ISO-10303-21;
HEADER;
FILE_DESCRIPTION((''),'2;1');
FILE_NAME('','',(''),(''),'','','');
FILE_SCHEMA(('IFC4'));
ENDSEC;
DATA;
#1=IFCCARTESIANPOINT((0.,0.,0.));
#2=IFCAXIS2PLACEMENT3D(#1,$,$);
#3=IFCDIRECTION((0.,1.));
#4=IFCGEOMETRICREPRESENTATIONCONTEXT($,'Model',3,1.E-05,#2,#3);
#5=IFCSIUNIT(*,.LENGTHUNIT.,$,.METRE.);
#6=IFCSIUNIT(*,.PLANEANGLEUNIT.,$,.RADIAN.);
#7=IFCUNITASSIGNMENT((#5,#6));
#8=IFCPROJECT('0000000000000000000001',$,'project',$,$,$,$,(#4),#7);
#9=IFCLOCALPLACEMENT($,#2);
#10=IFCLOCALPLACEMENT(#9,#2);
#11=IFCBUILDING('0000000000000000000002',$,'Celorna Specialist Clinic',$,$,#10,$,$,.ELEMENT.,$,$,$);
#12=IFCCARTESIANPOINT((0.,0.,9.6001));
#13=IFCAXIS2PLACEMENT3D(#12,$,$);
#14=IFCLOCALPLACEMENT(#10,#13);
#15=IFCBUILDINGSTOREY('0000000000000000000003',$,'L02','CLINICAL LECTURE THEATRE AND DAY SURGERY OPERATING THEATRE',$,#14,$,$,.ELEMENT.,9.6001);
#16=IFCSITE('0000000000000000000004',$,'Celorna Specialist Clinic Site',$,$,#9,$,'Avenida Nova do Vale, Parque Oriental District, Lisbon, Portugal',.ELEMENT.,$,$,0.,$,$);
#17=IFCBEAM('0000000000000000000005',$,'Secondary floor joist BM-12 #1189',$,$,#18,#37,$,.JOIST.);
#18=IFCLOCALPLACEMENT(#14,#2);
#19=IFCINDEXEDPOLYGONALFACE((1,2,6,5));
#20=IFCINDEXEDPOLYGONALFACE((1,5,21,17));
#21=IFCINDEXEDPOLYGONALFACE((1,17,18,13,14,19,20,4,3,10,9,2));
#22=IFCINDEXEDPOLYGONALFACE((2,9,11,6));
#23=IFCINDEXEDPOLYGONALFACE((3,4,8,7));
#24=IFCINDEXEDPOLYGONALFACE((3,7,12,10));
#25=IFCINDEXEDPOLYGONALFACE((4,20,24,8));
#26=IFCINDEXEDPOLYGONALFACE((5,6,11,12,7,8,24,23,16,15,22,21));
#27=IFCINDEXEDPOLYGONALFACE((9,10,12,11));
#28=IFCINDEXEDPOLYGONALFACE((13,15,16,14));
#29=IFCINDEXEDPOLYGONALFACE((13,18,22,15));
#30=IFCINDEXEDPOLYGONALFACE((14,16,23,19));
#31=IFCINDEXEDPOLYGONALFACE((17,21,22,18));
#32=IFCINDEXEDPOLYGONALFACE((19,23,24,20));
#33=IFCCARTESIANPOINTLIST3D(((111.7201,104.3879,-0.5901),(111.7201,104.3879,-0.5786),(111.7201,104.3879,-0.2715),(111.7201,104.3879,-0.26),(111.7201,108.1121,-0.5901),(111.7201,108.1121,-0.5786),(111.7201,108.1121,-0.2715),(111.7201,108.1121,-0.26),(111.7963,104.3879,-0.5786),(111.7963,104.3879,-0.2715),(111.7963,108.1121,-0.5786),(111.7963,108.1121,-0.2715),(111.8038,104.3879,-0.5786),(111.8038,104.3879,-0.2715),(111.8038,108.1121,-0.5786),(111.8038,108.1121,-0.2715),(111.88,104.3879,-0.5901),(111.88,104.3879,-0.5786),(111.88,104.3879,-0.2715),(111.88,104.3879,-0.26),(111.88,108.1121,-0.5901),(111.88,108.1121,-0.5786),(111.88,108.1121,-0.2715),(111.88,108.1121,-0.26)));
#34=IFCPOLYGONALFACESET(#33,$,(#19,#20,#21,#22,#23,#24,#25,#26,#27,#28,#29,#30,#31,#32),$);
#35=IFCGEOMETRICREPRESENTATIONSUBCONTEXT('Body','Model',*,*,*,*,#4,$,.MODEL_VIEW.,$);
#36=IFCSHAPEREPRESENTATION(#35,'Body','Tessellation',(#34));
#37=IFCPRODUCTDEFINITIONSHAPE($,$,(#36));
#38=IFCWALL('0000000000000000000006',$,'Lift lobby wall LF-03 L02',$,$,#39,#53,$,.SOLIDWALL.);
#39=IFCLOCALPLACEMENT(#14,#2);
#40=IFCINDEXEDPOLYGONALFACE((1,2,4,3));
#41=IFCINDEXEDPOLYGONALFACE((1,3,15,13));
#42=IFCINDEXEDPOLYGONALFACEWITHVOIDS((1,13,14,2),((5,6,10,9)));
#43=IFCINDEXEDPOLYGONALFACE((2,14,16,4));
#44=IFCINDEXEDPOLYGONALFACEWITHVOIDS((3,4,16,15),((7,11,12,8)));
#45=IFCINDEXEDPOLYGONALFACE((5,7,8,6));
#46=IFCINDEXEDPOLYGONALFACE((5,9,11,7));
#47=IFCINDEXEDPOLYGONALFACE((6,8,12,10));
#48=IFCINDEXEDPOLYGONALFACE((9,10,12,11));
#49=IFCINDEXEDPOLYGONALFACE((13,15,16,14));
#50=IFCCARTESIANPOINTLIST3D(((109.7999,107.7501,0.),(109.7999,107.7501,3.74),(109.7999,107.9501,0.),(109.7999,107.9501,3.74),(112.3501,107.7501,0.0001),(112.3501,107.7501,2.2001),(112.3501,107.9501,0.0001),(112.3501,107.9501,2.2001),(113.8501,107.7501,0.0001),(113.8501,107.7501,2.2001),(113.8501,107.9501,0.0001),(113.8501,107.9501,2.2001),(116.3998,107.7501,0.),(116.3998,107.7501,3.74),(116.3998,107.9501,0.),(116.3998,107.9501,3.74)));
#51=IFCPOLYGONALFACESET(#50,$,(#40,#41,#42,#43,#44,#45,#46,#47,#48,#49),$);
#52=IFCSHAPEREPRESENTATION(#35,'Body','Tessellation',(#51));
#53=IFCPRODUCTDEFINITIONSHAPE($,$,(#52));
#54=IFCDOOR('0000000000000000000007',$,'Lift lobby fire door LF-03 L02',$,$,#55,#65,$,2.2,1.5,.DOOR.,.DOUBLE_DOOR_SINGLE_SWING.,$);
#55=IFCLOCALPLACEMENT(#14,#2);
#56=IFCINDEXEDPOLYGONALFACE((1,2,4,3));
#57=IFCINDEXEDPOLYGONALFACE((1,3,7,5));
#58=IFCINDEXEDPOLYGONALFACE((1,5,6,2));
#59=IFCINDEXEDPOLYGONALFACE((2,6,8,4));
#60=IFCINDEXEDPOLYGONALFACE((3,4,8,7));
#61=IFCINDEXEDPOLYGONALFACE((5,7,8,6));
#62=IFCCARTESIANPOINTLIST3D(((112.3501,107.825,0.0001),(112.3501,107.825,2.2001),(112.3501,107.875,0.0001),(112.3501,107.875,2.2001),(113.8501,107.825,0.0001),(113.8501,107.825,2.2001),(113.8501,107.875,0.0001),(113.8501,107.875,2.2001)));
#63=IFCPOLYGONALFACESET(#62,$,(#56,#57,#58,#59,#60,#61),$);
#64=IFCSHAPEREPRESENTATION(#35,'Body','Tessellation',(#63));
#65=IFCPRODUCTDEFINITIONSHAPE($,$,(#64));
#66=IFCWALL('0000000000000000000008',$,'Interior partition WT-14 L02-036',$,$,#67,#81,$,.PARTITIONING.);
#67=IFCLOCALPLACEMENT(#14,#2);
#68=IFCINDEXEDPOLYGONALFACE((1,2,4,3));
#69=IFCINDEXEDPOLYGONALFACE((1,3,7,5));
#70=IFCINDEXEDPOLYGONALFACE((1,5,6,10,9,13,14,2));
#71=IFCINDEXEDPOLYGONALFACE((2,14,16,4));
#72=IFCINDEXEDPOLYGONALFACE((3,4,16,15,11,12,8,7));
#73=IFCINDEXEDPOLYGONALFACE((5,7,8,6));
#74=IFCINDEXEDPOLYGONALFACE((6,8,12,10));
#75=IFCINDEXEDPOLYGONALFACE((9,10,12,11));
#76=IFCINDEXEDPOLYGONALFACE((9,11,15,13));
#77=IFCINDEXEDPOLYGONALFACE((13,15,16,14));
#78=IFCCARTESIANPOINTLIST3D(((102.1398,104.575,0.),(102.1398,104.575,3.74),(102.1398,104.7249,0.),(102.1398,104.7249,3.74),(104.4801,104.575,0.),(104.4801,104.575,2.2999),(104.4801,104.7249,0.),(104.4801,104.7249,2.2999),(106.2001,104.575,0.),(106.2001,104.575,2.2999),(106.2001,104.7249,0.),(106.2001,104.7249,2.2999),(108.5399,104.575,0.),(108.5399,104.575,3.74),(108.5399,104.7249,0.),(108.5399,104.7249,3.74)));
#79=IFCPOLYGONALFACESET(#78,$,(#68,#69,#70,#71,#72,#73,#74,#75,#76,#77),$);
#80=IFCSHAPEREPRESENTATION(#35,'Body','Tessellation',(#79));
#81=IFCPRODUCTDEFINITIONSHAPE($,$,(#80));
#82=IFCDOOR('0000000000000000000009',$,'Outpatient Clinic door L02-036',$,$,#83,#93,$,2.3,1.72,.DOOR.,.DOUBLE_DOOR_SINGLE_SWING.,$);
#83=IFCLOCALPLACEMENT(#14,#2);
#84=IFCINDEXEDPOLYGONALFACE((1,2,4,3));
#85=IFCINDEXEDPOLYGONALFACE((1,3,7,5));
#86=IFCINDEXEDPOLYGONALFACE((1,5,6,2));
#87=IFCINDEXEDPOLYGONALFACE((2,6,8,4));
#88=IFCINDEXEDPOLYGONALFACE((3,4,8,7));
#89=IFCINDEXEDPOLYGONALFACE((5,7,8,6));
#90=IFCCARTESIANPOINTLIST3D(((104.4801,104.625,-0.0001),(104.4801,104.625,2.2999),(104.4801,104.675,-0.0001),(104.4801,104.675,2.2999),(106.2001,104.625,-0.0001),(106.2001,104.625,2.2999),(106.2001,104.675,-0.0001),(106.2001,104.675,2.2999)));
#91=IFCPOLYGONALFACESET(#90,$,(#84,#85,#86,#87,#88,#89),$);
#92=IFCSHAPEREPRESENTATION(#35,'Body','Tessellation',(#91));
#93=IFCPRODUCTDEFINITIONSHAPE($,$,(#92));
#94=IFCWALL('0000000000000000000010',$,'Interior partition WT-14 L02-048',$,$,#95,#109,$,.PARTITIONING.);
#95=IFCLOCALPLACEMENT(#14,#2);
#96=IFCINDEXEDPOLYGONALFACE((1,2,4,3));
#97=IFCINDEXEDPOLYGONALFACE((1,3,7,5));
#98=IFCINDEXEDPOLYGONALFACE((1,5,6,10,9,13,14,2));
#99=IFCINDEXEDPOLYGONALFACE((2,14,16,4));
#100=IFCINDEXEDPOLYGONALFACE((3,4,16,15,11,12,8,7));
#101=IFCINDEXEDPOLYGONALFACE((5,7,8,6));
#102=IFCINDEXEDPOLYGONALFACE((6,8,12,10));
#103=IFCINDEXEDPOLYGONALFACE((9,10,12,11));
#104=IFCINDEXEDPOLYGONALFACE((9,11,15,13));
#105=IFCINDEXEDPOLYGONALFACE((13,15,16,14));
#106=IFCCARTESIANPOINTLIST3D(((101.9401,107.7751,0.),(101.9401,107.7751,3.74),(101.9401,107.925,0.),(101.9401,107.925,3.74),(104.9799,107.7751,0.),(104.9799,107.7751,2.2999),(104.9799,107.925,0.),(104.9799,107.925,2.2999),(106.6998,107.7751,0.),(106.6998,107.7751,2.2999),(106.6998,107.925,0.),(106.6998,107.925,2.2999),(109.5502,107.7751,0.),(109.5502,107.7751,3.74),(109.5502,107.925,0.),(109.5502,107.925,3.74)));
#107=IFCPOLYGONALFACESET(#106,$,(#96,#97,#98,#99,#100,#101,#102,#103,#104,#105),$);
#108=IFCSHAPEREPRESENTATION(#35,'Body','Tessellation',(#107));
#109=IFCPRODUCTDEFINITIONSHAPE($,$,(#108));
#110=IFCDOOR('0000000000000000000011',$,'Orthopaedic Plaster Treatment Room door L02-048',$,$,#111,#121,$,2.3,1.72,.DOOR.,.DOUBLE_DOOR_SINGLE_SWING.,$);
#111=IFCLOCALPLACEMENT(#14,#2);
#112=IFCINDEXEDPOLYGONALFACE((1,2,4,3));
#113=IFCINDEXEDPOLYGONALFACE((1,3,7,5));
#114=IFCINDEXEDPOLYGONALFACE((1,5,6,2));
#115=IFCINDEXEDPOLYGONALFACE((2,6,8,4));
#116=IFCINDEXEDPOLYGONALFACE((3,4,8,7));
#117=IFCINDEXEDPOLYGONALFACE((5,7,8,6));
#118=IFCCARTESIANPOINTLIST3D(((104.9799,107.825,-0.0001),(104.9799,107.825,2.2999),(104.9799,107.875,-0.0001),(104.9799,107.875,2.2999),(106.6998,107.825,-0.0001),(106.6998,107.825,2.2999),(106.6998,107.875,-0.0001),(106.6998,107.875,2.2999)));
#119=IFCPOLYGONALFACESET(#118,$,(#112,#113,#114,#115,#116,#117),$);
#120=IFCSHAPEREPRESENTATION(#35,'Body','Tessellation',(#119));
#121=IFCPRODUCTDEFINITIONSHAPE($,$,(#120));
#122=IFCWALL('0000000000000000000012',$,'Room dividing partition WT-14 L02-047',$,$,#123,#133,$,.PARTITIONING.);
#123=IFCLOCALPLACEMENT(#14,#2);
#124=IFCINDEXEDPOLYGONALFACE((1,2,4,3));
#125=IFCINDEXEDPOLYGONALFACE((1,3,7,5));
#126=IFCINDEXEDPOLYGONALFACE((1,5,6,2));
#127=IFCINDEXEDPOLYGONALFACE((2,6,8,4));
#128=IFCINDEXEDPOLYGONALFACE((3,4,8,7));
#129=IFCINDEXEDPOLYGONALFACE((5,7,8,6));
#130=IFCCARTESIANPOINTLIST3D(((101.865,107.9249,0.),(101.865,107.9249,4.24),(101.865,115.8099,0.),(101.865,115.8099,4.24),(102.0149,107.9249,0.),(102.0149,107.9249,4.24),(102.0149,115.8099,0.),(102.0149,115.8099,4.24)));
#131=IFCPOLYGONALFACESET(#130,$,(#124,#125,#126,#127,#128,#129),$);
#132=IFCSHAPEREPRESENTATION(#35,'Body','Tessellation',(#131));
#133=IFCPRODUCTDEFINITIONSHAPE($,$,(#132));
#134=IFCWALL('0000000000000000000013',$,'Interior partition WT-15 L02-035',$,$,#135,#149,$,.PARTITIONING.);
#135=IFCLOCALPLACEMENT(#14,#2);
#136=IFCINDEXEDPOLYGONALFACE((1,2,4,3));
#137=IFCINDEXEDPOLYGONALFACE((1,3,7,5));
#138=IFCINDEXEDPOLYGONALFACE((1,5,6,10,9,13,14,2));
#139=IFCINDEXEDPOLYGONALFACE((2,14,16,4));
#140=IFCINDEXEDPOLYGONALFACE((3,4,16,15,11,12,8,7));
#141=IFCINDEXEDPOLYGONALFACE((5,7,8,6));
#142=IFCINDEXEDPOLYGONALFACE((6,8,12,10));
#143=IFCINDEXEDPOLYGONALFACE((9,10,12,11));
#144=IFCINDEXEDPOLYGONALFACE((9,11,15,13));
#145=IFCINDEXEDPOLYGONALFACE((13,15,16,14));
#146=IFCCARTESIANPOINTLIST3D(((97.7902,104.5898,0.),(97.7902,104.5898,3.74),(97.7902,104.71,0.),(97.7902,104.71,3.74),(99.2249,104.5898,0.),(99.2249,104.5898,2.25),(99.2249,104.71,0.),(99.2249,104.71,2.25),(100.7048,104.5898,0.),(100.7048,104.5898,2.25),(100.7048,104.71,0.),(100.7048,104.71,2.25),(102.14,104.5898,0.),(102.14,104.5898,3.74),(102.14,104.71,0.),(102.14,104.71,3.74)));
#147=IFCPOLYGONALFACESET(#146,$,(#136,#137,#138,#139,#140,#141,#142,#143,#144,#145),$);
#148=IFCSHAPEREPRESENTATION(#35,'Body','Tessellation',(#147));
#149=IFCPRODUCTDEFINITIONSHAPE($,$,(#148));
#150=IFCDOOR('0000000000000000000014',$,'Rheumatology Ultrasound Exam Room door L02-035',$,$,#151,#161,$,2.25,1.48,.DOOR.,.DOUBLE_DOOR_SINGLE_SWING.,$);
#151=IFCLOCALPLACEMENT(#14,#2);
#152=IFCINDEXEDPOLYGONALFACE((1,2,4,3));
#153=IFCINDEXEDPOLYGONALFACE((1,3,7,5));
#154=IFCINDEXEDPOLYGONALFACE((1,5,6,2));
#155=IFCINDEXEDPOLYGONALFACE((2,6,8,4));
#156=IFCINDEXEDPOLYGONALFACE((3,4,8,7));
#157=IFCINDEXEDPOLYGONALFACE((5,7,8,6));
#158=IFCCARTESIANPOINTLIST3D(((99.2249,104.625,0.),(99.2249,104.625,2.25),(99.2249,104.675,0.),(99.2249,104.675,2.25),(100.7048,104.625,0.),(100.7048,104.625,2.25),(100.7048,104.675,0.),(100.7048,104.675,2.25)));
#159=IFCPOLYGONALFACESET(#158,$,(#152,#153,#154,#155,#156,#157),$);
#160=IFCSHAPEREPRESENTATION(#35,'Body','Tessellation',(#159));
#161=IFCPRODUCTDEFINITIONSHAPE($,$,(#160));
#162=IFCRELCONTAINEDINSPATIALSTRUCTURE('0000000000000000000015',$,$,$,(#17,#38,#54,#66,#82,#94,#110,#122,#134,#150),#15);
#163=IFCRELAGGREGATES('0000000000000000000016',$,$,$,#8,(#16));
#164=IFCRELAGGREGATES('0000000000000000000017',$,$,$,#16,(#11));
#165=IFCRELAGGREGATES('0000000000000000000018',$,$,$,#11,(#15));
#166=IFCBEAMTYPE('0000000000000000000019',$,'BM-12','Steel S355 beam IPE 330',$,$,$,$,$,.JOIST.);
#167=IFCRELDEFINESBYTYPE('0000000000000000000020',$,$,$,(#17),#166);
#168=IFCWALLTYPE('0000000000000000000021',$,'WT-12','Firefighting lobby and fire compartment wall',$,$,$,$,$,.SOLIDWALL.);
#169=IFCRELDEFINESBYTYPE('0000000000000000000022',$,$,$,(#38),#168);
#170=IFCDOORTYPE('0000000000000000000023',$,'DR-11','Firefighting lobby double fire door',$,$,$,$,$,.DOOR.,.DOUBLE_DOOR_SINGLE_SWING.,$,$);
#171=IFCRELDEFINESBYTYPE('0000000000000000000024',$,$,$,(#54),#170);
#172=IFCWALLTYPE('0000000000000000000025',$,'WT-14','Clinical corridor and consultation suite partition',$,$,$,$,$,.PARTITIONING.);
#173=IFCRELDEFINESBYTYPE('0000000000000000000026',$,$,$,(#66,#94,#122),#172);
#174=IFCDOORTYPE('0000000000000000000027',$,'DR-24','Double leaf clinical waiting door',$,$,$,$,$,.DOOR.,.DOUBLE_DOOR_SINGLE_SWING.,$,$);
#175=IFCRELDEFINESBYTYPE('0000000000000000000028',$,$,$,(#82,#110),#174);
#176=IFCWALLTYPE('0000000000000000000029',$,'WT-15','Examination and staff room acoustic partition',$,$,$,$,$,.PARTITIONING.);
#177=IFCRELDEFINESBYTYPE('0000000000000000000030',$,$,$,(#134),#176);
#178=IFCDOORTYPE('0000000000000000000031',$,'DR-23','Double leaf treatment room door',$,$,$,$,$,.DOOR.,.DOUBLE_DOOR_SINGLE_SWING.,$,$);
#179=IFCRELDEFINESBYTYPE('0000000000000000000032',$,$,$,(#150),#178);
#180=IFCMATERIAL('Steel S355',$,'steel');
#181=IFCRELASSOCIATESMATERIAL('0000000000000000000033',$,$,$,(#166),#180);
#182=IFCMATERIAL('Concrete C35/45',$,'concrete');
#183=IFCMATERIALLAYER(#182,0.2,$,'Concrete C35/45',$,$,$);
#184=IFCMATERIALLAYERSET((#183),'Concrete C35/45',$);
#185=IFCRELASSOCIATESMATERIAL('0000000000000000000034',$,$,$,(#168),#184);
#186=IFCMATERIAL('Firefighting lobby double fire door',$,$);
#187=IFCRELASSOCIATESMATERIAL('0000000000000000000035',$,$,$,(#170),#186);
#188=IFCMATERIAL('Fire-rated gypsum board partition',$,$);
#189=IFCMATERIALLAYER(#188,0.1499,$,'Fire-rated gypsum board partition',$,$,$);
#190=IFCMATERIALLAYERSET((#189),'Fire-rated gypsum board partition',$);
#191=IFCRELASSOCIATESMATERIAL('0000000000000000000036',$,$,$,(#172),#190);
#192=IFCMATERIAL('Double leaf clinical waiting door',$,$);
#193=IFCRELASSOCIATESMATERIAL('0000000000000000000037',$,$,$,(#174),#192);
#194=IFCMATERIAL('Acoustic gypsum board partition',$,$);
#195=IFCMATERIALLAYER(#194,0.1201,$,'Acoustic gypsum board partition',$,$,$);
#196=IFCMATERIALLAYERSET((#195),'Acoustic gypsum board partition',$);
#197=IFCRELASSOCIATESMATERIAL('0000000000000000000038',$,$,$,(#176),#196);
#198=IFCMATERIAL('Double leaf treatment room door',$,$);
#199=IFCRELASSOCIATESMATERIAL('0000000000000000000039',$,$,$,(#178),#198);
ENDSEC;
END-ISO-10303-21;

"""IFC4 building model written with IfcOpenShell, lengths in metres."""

from ifc_helpers import new_model, si_unit, direction, frame, frame_2d, origin, origin_2d, place, context, subcontext, project, spatial, rectangle, i_section, extrude, material, layer, layer_set, material_profile, profile_set, type_object, element, fill, save


model = new_model("IFC4")

# Units and contexts
model_context = context("Model", 3, precision=1e-05, world=origin(), true_north=direction((0.0, 1.0)))
body_context = subcontext(model_context, "Body", "Model", "MODEL_VIEW")
ifc_project = project(units=[si_unit("LENGTHUNIT", "METRE"), si_unit("PLANEANGLEUNIT", "RADIAN")], contexts=[model_context])

# Site, building, storey
site_placement = place(None, origin())
site = spatial("IfcSite", under=ifc_project, at=site_placement, Name="Celorna Specialist Clinic Site", LongName="Avenida Nova do Vale, Parque Oriental District, Lisbon, Portugal", CompositionType="ELEMENT", RefElevation=0.0)
building_placement = place(site_placement, origin())
building = spatial("IfcBuilding", under=site, at=building_placement, Name="Celorna Specialist Clinic", CompositionType="ELEMENT")
storey_placement = place(building_placement, frame((0.0, 0.0, 9.6001)))
storey = spatial("IfcBuildingStorey", under=building, at=storey_placement, Name="L02", Description="CLINICAL LECTURE THEATRE AND DAY SURGERY OPERATING THEATRE", CompositionType="ELEMENT", Elevation=9.6001)

# Shared definitions
ifc_material_1 = material(Name="Concrete C35/45", Category="concrete")

# Beam
ifc_material_2 = material(Name="Steel S355", Category="steel")
ifc_material_profile_1 = material_profile(ifc_material_2, i_section(OverallWidth=0.1599, OverallDepth=0.3301, WebThickness=0.0076, FlangeThickness=0.0115, at=origin_2d()), Name="IPE 330")
ifc_profile_set_1 = profile_set([ifc_material_profile_1], Name="Steel S355")
beam_type_1 = type_object("IfcBeamType", Name="BM-12", Description="Steel S355 beam IPE 330", PredefinedType="JOIST", material=ifc_profile_set_1)
for number, where, z_axis, x_axis, name in (
    (1, (111.8, 104.3879, -0.425), (0.0, 1.0, 0.0), (-1.0, 0.0, 0.0), "Secondary floor joist BM-12 #1189"),
):
    element("IfcBeam", number, at=place(storey_placement, frame(where, z_axis=z_axis, x_axis=x_axis)), inside=storey, type_object=beam_type_1, Name=name, PredefinedType="JOIST", context=body_context, shape_type="SweptSolid", body=[
        extrude(i_section(OverallWidth=0.1599, OverallDepth=0.3301, WebThickness=0.0076, FlangeThickness=0.0115, at=origin_2d()), origin(), (0.0, 0.0, 1.0), 3.7241),
    ])

# Walls, openings, doors
ifc_layer_1 = layer(ifc_material_1, 0.2, Name="Concrete C35/45")
ifc_layer_set_1 = layer_set([ifc_layer_1], Name="Concrete C35/45")
wall_type_1 = type_object("IfcWallType", Name="WT-12", Description="Firefighting lobby and fire compartment wall", PredefinedType="SOLIDWALL", material=ifc_layer_set_1)
wall_1_placement = place(storey_placement, frame((109.8, 107.8501, 0.0), z_axis=(0.0, 0.0, 1.0), x_axis=(1.0, 0.0, 0.0)))
wall_1 = element("IfcWall", 2, at=wall_1_placement, inside=storey, type_object=wall_type_1, Name="Lift lobby wall LF-03 L02", PredefinedType="SOLIDWALL", context=body_context, shape_type="SweptSolid", body=[
    extrude(rectangle(XDim=6.5999, YDim=0.2, at=frame_2d((3.2998, 0.0))), origin(), (0.0, 0.0, 1.0), 3.74),
])
opening_1_placement = place(wall_1_placement, frame((2.55, 0.0, 0.0)))
opening_1 = element("IfcOpeningElement", 3, at=opening_1_placement, cuts=wall_1, PredefinedType="OPENING", context=body_context, shape_type="SweptSolid", body=[
    extrude(rectangle(XDim=1.5, YDim=2.2, at=frame_2d((0.75, 1.1001))), frame((0.0, 0.1099, 0.0), z_axis=(0.0, -1.0, 0.0), x_axis=(1.0, 0.0, 0.0)), (0.0, 0.0, 1.0), 0.22),
])
ifc_material_3 = material(Name="Firefighting lobby double fire door")
door_type_1 = type_object("IfcDoorType", Name="DR-11", Description="Firefighting lobby double fire door", OperationType="DOUBLE_DOOR_SINGLE_SWING", PredefinedType="DOOR", material=ifc_material_3)
door_1_placement = place(opening_1_placement, origin())
door_1 = element("IfcDoor", 4, at=door_1_placement, inside=storey, type_object=door_type_1, Name="Lift lobby fire door LF-03 L02", OperationType="DOUBLE_DOOR_SINGLE_SWING", OverallHeight=2.2, OverallWidth=1.5, PredefinedType="DOOR", context=body_context, shape_type="SweptSolid", body=[
    extrude(rectangle(XDim=1.5, YDim=2.2, at=frame_2d((0.75, 1.1001))), frame((0.0, 0.0249, 0.0), z_axis=(0.0, -1.0, 0.0), x_axis=(1.0, 0.0, 0.0)), (0.0, 0.0, 1.0), 0.05),
])
fill(opening_1, door_1)
ifc_material_4 = material(Name="Fire-rated gypsum board partition")
ifc_layer_2 = layer(ifc_material_4, 0.1499, Name="Fire-rated gypsum board partition")
ifc_layer_set_2 = layer_set([ifc_layer_2], Name="Fire-rated gypsum board partition")
wall_type_2 = type_object("IfcWallType", Name="WT-14", Description="Clinical corridor and consultation suite partition", PredefinedType="PARTITIONING", material=ifc_layer_set_2)
wall_2_placement = place(storey_placement, frame((108.54, 104.6499, 0.0), z_axis=(0.0, 0.0, 1.0), x_axis=(-1.0, 0.0, 0.0)))
wall_2 = element("IfcWall", 5, at=wall_2_placement, inside=storey, type_object=wall_type_2, Name="Interior partition WT-14 L02-036", PredefinedType="PARTITIONING", context=body_context, shape_type="SweptSolid", body=[
    extrude(rectangle(XDim=6.4001, YDim=0.1499, at=frame_2d((3.2002, 0.0))), origin(), (0.0, 0.0, 1.0), 3.74),
])
opening_2_placement = place(wall_2_placement, frame((2.3401, 0.0, 0.0)))
opening_2 = element("IfcOpeningElement", 6, at=opening_2_placement, cuts=wall_2, PredefinedType="OPENING", context=body_context, shape_type="SweptSolid", body=[
    extrude(rectangle(XDim=1.72, YDim=2.3, at=frame_2d((0.8599, 1.1499))), frame((0.0, 0.085, 0.0), z_axis=(0.0, -1.0, 0.0), x_axis=(1.0, 0.0, 0.0)), (0.0, 0.0, 1.0), 0.1699),
])
ifc_material_5 = material(Name="Double leaf clinical waiting door")
door_type_2 = type_object("IfcDoorType", Name="DR-24", Description="Double leaf clinical waiting door", OperationType="DOUBLE_DOOR_SINGLE_SWING", PredefinedType="DOOR", material=ifc_material_5)
door_2_placement = place(opening_2_placement, origin())
door_2 = element("IfcDoor", 7, at=door_2_placement, inside=storey, type_object=door_type_2, Name="Outpatient Clinic door L02-036", OperationType="DOUBLE_DOOR_SINGLE_SWING", OverallHeight=2.3, OverallWidth=1.72, PredefinedType="DOOR", context=body_context, shape_type="SweptSolid", body=[
    extrude(rectangle(XDim=1.72, YDim=2.3, at=frame_2d((0.8599, 1.1499))), frame((0.0, 0.0249, 0.0), z_axis=(0.0, -1.0, 0.0), x_axis=(1.0, 0.0, 0.0)), (0.0, 0.0, 1.0), 0.05),
])
fill(opening_2, door_2)
wall_3_placement = place(storey_placement, frame((101.9399, 107.8501, 0.0), z_axis=(0.0, 0.0, 1.0), x_axis=(1.0, 0.0, 0.0)))
wall_3 = element("IfcWall", 8, at=wall_3_placement, inside=storey, type_object=wall_type_2, Name="Interior partition WT-14 L02-048", PredefinedType="PARTITIONING", context=body_context, shape_type="SweptSolid", body=[
    extrude(rectangle(XDim=7.6101, YDim=0.1499, at=frame_2d((3.8052, 0.0))), origin(), (0.0, 0.0, 1.0), 3.74),
])
opening_3_placement = place(wall_3_placement, frame((3.04, 0.0, 0.0)))
opening_3 = element("IfcOpeningElement", 9, at=opening_3_placement, cuts=wall_3, PredefinedType="OPENING", context=body_context, shape_type="SweptSolid", body=[
    extrude(rectangle(XDim=1.72, YDim=2.3, at=frame_2d((0.8599, 1.1499))), frame((0.0, 0.085, 0.0), z_axis=(0.0, -1.0, 0.0), x_axis=(1.0, 0.0, 0.0)), (0.0, 0.0, 1.0), 0.1699),
])
door_3_placement = place(opening_3_placement, origin())
door_3 = element("IfcDoor", 10, at=door_3_placement, inside=storey, type_object=door_type_2, Name="Orthopaedic Plaster Treatment Room door L02-048", OperationType="DOUBLE_DOOR_SINGLE_SWING", OverallHeight=2.3, OverallWidth=1.72, PredefinedType="DOOR", context=body_context, shape_type="SweptSolid", body=[
    extrude(rectangle(XDim=1.72, YDim=2.3, at=frame_2d((0.8599, 1.1499))), frame((0.0, 0.0249, 0.0), z_axis=(0.0, -1.0, 0.0), x_axis=(1.0, 0.0, 0.0)), (0.0, 0.0, 1.0), 0.05),
])
fill(opening_3, door_3)

# Wall
wall_4_placement = place(storey_placement, frame((101.9399, 107.925, 0.0), z_axis=(0.0, 0.0, 1.0), x_axis=(0.0, 1.0, 0.0)))
element("IfcWall", 11, at=wall_4_placement, inside=storey, type_object=wall_type_2, Name="Room dividing partition WT-14 L02-047", PredefinedType="PARTITIONING", context=body_context, shape_type="SweptSolid", body=[
    extrude(rectangle(XDim=7.885, YDim=0.1499, at=frame_2d((3.9424, 0.0))), origin(), (0.0, 0.0, 1.0), 4.24),
])

# Wall, opening, door
ifc_material_6 = material(Name="Acoustic gypsum board partition")
ifc_layer_3 = layer(ifc_material_6, 0.1201, Name="Acoustic gypsum board partition")
ifc_layer_set_3 = layer_set([ifc_layer_3], Name="Acoustic gypsum board partition")
wall_type_3 = type_object("IfcWallType", Name="WT-15", Description="Examination and staff room acoustic partition", PredefinedType="PARTITIONING", material=ifc_layer_set_3)
wall_5_placement = place(storey_placement, frame((102.1399, 104.6499, 0.0), z_axis=(0.0, 0.0, 1.0), x_axis=(-1.0, 0.0, 0.0)))
wall_5 = element("IfcWall", 12, at=wall_5_placement, inside=storey, type_object=wall_type_3, Name="Interior partition WT-15 L02-035", PredefinedType="PARTITIONING", context=body_context, shape_type="SweptSolid", body=[
    extrude(rectangle(XDim=4.3499, YDim=0.1201, at=frame_2d((2.1748, 0.0))), origin(), (0.0, 0.0, 1.0), 3.74),
])
opening_4_placement = place(wall_5_placement, frame((1.4351, 0.0, 0.0)))
opening_4 = element("IfcOpeningElement", 13, at=opening_4_placement, cuts=wall_5, PredefinedType="OPENING", context=body_context, shape_type="SweptSolid", body=[
    extrude(rectangle(XDim=1.48, YDim=2.25, at=frame_2d((0.74, 1.125))), frame((0.0, 0.0701, 0.0), z_axis=(0.0, -1.0, 0.0), x_axis=(1.0, 0.0, 0.0)), (0.0, 0.0, 1.0), 0.1401),
])
ifc_material_7 = material(Name="Double leaf treatment room door")
door_type_3 = type_object("IfcDoorType", Name="DR-23", Description="Double leaf treatment room door", OperationType="DOUBLE_DOOR_SINGLE_SWING", PredefinedType="DOOR", material=ifc_material_7)
door_4_placement = place(opening_4_placement, origin())
door_4 = element("IfcDoor", 14, at=door_4_placement, inside=storey, type_object=door_type_3, Name="Rheumatology Ultrasound Exam Room door L02-035", OperationType="DOUBLE_DOOR_SINGLE_SWING", OverallHeight=2.25, OverallWidth=1.48, PredefinedType="DOOR", context=body_context, shape_type="SweptSolid", body=[
    extrude(rectangle(XDim=1.48, YDim=2.25, at=frame_2d((0.74, 1.125))), frame((0.0, 0.0249, 0.0), z_axis=(0.0, -1.0, 0.0), x_axis=(1.0, 0.0, 0.0)), (0.0, 0.0, 1.0), 0.05),
])
fill(opening_4, door_4)

save(model, "model.ifc")
